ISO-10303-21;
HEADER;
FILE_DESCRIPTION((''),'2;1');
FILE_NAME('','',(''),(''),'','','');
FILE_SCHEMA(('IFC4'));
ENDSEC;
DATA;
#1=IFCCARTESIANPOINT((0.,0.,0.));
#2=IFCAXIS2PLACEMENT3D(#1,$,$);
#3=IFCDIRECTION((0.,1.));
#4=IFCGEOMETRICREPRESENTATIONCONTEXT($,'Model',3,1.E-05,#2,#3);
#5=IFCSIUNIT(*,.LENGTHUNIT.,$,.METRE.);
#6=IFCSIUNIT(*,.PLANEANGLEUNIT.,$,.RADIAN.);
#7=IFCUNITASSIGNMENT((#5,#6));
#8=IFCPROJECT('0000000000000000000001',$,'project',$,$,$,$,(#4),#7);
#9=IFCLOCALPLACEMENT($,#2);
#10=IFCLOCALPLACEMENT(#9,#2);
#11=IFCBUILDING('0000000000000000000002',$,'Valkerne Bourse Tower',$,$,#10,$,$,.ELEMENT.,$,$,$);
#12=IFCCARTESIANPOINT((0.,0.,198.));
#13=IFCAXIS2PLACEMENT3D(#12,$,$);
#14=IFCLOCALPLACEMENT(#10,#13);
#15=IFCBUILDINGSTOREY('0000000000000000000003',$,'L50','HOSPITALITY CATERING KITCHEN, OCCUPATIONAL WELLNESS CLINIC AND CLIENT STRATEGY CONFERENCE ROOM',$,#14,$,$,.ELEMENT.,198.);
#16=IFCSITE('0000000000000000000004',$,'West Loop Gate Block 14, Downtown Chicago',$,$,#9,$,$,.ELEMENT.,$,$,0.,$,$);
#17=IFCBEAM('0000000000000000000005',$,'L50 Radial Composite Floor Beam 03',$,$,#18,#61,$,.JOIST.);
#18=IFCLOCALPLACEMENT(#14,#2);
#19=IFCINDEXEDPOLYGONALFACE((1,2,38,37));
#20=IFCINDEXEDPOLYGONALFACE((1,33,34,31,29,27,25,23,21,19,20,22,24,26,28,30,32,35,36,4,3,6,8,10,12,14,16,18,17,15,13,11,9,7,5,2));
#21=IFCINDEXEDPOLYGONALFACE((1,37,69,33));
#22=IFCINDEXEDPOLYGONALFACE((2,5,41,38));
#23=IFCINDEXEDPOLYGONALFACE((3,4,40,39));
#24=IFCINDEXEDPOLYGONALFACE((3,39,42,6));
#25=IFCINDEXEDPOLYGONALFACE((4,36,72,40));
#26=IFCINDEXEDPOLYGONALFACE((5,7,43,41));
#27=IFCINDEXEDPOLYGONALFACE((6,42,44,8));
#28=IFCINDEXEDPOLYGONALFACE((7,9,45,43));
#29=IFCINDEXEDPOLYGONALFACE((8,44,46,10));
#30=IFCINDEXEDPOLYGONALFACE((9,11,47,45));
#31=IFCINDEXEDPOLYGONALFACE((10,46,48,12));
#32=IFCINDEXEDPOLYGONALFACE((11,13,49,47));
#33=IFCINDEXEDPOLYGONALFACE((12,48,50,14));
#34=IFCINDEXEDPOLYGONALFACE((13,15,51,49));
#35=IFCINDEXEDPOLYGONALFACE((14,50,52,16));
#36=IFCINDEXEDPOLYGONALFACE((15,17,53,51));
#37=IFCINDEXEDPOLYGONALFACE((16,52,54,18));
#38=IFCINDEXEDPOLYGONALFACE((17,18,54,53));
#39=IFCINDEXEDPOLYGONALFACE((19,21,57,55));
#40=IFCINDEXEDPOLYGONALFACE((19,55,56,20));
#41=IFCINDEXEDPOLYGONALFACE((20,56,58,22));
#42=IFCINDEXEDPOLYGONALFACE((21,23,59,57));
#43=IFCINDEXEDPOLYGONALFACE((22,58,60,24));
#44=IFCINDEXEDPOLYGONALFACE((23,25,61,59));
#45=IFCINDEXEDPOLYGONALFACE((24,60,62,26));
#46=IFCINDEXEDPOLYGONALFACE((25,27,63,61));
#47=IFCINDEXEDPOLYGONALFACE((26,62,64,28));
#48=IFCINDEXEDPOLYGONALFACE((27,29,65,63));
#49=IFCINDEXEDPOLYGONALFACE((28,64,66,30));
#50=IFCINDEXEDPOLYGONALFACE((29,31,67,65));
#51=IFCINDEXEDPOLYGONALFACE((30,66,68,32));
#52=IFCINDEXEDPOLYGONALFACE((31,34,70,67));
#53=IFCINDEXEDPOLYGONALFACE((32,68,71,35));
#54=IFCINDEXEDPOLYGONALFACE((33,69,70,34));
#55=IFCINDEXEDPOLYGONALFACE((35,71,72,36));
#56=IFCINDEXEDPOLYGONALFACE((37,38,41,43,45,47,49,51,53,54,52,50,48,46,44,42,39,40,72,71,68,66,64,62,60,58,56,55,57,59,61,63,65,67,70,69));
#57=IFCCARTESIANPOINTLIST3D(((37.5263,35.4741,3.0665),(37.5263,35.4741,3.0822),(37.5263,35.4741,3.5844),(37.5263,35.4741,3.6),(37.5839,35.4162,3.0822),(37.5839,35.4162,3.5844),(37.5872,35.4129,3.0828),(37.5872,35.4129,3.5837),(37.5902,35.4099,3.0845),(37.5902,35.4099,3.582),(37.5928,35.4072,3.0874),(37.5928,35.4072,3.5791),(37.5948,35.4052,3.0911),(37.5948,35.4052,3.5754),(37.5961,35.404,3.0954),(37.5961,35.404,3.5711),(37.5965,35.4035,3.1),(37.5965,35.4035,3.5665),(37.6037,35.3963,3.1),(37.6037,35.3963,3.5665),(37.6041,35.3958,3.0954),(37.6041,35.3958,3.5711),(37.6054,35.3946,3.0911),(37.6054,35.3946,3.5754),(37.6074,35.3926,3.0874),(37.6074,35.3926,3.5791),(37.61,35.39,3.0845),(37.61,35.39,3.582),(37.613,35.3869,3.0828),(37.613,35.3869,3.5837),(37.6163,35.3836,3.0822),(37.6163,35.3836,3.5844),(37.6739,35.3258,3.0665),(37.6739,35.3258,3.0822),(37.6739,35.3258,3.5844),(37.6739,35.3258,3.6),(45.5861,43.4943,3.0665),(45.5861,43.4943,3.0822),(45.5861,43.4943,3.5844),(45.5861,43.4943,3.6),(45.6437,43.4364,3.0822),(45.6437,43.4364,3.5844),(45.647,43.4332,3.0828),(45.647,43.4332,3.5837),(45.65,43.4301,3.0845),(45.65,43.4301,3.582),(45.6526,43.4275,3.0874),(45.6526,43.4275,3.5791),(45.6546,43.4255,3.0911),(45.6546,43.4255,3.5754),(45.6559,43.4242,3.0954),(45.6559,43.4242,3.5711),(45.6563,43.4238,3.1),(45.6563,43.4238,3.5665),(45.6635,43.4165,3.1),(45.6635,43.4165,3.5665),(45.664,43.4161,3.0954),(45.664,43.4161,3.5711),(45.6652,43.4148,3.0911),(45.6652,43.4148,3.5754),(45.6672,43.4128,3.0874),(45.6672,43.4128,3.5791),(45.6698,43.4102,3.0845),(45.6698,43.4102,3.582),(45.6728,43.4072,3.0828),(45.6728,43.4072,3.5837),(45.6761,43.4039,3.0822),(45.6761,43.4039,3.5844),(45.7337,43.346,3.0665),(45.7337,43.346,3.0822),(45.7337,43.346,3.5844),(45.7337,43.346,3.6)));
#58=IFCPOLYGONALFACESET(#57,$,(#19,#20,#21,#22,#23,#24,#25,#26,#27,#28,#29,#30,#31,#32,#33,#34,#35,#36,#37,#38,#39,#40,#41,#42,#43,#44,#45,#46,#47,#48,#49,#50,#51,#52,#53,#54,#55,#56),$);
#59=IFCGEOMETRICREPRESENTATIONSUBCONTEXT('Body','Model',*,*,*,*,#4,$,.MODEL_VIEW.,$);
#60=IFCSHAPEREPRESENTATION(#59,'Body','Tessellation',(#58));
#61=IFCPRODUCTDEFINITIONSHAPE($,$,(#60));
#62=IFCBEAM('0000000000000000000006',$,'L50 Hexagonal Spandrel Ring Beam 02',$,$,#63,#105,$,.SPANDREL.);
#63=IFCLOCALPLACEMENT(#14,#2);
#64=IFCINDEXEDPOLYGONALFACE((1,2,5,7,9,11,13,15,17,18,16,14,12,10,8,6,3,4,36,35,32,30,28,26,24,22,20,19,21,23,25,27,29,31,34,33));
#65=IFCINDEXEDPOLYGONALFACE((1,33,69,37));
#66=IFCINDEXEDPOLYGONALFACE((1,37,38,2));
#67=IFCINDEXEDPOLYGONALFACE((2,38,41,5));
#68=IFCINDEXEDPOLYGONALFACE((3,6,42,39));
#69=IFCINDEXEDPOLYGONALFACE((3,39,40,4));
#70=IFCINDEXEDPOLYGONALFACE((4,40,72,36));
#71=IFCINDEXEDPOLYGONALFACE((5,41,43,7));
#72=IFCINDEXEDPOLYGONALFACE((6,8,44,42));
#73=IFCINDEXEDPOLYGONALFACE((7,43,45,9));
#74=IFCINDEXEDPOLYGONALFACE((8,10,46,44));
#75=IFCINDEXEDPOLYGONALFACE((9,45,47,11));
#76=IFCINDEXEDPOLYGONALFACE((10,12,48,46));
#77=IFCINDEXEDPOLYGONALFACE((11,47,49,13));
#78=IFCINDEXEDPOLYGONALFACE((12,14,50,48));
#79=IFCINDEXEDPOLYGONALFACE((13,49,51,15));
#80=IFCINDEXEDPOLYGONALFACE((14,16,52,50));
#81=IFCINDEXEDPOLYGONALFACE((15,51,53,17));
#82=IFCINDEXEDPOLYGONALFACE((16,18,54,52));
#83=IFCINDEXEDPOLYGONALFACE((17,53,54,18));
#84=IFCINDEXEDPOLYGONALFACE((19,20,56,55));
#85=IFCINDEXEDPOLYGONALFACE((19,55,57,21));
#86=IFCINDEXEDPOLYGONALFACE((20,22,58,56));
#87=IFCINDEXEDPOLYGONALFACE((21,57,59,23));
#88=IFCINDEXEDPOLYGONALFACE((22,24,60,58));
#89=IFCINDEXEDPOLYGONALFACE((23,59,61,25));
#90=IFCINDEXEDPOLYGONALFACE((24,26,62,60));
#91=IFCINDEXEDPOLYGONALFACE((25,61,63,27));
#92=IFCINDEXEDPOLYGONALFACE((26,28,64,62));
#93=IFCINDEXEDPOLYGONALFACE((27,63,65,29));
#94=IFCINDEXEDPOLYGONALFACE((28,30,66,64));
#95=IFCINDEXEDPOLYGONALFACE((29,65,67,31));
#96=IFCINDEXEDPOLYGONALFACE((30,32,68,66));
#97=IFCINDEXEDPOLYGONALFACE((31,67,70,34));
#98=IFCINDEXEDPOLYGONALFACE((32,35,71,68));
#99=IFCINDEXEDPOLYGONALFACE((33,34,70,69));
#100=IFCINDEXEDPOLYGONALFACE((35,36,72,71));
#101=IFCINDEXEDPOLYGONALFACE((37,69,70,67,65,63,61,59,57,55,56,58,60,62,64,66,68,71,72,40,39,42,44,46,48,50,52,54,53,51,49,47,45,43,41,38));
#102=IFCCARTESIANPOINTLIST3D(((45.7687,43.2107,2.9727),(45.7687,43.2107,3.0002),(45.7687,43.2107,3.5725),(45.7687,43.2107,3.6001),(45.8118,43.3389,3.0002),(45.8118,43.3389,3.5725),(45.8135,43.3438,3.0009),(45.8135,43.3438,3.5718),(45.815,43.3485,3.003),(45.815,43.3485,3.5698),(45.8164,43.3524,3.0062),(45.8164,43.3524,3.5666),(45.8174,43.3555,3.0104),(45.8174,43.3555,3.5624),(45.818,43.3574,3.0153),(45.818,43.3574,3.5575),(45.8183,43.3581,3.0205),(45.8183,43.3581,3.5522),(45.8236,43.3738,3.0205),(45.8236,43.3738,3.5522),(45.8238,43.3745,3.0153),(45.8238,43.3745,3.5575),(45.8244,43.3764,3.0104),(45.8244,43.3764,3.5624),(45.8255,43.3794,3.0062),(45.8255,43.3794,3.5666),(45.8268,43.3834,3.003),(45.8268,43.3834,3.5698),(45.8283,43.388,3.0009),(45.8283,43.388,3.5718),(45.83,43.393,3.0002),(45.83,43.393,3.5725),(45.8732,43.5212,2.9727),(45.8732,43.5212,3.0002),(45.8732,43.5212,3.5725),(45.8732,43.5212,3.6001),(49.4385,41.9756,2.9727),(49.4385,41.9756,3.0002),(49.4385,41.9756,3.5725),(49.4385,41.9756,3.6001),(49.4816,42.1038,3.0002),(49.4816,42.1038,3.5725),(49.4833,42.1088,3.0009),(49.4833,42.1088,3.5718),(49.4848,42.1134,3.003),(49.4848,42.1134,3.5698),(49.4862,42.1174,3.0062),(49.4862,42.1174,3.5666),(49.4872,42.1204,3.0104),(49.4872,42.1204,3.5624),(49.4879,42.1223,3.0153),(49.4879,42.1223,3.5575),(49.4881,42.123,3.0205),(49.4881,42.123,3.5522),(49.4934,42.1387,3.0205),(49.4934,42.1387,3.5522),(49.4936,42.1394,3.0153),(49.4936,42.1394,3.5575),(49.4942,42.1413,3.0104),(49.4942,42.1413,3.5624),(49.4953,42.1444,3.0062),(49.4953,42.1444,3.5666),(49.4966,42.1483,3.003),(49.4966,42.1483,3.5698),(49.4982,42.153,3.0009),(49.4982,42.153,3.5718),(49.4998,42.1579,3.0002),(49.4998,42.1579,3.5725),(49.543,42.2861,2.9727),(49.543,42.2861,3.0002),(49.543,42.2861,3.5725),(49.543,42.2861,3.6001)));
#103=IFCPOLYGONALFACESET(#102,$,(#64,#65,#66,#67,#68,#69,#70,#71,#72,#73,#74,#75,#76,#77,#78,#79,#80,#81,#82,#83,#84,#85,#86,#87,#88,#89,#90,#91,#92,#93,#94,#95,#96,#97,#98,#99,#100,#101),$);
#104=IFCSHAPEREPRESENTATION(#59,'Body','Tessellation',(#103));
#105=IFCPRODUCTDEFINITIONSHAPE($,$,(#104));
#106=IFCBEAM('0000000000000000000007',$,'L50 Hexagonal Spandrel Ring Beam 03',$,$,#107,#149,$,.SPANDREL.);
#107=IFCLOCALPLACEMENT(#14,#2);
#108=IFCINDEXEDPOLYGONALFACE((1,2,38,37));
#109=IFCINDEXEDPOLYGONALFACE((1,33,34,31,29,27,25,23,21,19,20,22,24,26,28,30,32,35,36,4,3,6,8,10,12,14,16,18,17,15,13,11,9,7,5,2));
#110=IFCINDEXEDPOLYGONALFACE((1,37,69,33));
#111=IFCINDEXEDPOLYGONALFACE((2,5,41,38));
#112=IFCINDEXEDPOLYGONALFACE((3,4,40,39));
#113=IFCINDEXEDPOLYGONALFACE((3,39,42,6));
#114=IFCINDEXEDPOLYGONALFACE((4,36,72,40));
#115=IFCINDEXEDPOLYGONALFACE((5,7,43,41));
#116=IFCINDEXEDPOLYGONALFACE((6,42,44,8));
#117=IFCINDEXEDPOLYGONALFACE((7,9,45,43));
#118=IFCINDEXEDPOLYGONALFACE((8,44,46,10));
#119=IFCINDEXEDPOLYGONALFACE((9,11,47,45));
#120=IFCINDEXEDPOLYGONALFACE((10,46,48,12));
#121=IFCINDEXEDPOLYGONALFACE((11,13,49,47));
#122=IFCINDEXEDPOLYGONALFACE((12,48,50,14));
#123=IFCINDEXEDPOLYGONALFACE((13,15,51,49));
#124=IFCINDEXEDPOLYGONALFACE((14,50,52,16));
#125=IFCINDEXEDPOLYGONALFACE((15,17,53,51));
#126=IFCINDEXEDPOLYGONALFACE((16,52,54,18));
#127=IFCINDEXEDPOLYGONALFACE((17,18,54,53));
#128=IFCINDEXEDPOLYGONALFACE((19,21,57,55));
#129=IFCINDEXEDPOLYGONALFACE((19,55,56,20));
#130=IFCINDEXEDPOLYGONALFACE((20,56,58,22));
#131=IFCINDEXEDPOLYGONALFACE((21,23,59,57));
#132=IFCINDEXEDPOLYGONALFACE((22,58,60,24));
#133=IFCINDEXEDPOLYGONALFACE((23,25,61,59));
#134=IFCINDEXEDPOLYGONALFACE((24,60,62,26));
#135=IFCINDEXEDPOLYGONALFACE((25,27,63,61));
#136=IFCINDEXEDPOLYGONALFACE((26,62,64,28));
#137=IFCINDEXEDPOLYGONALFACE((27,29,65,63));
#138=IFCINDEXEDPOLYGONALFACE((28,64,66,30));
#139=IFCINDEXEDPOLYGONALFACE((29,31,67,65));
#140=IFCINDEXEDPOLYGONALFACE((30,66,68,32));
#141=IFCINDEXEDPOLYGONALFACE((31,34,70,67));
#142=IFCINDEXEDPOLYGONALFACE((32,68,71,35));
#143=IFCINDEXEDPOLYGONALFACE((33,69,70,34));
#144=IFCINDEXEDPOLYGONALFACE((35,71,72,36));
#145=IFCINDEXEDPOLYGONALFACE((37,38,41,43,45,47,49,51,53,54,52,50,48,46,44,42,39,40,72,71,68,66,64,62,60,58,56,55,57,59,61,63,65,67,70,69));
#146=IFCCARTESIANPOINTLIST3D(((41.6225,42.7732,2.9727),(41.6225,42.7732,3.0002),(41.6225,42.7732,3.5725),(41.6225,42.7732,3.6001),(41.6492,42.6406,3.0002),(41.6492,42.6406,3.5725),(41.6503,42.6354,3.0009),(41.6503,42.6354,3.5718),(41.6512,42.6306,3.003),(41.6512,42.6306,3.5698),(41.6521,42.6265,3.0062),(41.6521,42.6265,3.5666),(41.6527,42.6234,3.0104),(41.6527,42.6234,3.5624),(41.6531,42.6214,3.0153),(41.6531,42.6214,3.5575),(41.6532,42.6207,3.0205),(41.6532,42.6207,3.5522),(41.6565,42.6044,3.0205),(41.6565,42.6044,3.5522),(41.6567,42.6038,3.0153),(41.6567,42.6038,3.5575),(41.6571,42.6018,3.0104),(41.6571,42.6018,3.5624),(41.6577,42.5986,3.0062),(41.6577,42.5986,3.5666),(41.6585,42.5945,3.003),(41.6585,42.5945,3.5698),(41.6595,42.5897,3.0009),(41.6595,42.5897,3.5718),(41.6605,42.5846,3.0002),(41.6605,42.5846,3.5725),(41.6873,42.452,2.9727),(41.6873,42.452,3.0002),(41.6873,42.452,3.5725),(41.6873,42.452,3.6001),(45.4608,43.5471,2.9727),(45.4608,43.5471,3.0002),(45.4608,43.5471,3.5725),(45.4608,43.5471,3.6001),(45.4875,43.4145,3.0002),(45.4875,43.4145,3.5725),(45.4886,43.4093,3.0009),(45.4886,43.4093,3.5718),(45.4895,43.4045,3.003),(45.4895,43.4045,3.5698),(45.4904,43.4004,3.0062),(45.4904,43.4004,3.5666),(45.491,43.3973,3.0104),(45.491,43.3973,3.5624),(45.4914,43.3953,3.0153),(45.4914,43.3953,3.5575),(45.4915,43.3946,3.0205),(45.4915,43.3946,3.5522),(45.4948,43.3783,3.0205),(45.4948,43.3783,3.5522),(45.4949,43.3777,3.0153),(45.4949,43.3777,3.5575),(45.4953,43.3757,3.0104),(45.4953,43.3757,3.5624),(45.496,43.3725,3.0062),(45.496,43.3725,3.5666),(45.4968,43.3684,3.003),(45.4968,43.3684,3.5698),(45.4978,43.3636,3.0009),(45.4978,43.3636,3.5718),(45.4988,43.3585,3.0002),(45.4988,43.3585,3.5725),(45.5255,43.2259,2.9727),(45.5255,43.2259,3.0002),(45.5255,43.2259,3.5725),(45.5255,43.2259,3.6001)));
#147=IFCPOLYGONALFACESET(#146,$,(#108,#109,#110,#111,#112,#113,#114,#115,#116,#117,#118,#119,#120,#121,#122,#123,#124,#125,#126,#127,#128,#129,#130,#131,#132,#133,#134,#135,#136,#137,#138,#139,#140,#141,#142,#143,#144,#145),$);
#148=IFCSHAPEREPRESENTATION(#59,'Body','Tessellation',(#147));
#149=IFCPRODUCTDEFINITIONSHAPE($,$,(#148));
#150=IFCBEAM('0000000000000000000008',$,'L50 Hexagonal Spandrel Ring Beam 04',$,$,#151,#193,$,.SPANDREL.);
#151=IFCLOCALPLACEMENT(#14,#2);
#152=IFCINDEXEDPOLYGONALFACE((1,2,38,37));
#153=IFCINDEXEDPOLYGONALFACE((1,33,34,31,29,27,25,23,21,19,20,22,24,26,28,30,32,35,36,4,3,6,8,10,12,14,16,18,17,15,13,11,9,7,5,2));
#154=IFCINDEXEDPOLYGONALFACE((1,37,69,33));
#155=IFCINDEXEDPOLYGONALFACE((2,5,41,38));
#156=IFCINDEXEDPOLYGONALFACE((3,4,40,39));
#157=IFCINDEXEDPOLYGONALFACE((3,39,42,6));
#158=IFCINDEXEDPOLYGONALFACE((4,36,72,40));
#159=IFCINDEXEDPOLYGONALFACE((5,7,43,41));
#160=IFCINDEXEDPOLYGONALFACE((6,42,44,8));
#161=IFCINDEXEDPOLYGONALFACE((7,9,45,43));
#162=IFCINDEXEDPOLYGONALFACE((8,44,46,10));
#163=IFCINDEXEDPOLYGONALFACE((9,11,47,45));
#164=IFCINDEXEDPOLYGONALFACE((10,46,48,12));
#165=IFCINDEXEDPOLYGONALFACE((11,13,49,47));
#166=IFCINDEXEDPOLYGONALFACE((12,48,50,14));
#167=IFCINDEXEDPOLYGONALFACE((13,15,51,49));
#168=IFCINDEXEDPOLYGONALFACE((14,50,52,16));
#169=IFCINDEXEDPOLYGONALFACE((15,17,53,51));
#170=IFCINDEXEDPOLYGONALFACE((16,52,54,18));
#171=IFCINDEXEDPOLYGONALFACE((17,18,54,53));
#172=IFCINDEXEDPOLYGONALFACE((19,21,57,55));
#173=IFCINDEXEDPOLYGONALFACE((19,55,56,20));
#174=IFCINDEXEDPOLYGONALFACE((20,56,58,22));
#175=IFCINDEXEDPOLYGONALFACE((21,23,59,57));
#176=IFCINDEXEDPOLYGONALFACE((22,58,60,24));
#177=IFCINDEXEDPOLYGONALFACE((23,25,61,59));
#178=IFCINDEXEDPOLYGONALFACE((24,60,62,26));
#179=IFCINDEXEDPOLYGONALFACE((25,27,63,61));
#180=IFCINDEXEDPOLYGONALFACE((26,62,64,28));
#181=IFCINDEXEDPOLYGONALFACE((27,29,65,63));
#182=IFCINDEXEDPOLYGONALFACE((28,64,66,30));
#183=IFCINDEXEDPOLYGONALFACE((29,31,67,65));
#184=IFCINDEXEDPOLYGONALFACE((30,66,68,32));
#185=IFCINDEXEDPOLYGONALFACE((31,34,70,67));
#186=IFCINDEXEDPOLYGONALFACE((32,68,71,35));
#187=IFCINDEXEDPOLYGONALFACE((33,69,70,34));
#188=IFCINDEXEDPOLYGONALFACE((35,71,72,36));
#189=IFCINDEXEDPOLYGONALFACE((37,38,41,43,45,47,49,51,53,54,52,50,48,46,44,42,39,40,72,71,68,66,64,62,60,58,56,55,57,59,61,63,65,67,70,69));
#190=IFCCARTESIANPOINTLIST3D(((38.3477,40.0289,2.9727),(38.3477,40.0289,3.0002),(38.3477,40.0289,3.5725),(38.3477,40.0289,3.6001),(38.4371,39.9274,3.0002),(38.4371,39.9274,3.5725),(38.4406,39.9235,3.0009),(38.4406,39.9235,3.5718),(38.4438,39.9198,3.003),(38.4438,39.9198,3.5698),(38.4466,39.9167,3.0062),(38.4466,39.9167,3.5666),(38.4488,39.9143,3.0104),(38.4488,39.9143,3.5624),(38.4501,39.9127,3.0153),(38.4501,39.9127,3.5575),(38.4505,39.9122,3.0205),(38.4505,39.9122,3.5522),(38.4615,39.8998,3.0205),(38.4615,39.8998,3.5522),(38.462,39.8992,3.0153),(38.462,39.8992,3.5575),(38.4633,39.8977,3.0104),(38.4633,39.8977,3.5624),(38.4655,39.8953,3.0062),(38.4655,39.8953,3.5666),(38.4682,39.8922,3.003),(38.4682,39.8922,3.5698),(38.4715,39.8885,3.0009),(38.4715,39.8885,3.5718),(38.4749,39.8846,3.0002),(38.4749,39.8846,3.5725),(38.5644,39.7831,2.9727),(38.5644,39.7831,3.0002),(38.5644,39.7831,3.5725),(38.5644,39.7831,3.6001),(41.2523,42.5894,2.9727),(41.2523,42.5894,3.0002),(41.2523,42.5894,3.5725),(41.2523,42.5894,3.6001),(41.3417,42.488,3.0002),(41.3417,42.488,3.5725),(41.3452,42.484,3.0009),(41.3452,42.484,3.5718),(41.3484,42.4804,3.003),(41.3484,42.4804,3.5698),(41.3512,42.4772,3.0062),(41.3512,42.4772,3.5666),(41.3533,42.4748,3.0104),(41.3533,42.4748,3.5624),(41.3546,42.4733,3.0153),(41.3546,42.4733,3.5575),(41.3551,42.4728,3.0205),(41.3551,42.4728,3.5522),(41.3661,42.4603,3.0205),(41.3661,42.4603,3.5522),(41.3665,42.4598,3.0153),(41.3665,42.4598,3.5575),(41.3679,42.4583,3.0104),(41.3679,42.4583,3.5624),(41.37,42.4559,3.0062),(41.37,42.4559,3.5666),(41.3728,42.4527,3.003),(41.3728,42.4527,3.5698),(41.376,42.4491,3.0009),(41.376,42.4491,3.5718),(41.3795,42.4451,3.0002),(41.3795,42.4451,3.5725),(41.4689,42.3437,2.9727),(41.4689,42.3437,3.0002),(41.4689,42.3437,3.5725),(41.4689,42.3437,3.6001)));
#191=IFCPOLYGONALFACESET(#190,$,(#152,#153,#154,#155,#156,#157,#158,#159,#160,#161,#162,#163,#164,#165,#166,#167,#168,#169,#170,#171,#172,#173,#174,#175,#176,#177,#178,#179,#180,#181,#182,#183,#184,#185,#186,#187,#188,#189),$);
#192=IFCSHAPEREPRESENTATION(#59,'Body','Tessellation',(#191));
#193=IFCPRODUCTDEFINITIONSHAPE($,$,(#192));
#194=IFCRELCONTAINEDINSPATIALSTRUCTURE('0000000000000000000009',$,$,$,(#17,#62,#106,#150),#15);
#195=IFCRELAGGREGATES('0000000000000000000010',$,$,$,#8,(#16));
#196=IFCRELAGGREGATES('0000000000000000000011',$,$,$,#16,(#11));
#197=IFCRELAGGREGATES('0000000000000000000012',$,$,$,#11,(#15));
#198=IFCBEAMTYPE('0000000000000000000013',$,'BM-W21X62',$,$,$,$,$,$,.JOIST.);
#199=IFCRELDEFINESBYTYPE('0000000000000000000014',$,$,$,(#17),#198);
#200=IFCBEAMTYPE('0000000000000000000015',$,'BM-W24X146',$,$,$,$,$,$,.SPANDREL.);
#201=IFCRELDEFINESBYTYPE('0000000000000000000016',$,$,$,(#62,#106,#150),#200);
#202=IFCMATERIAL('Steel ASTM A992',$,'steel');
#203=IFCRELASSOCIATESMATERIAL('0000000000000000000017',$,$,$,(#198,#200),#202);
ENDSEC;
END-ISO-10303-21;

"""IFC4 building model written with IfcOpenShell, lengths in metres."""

from ifc_helpers import new_model, si_unit, direction, frame, origin, origin_2d, place, context, subcontext, project, spatial, i_section, extrude, material, material_profile, profile_set, type_object, element, save


model = new_model("IFC4")

# Units and contexts
model_context = context("Model", 3, precision=1e-05, world=origin(), true_north=direction((0.0, 1.0)))
body_context = subcontext(model_context, "Body", "Model", "MODEL_VIEW")
ifc_project = project(units=[si_unit("LENGTHUNIT", "METRE"), si_unit("PLANEANGLEUNIT", "RADIAN")], contexts=[model_context])

# Site, building, storey
site_placement = place(None, origin())
site = spatial("IfcSite", under=ifc_project, at=site_placement, Name="West Loop Gate Block 14, Downtown Chicago", CompositionType="ELEMENT", RefElevation=0.0)
building_placement = place(site_placement, origin())
building = spatial("IfcBuilding", under=site, at=building_placement, Name="Valkerne Bourse Tower", CompositionType="ELEMENT")
storey_placement = place(building_placement, frame((0.0, 0.0, 198.0)))
storey = spatial("IfcBuildingStorey", under=building, at=storey_placement, Name="L50", Description="HOSPITALITY CATERING KITCHEN, OCCUPATIONAL WELLNESS CLINIC AND CLIENT STRATEGY CONFERENCE ROOM", CompositionType="ELEMENT", Elevation=198.0)

# Beams
ifc_material_1 = material(Name="Steel ASTM A992", Category="steel")
ifc_material_profile_1 = material_profile(ifc_material_1, i_section(OverallWidth=0.2092, OverallDepth=0.5334, WebThickness=0.0103, FlangeThickness=0.0156, FilletRadius=0.0178, at=origin_2d()), Name="W21X62")
ifc_profile_set_1 = profile_set([ifc_material_profile_1], Name="Steel ASTM A992")
beam_type_1 = type_object("IfcBeamType", Name="BM-W21X62", PredefinedType="JOIST", material=ifc_profile_set_1)
beam_1_placement = place(storey_placement, frame((45.6599, 43.4202, 3.3333), z_axis=(-0.708844, -0.705365, 0.0), x_axis=(0.705365, -0.708844, 0.0)))
element("IfcBeam", 1, at=beam_1_placement, inside=storey, type_object=beam_type_1, Name="L50 Radial Composite Floor Beam 03", PredefinedType="JOIST", context=body_context, shape_type="SweptSolid", body=[
    extrude(i_section(OverallWidth=0.2092, OverallDepth=0.5334, WebThickness=0.0103, FlangeThickness=0.0156, FilletRadius=0.0178, at=origin_2d()), origin(), (0.0, 0.0, 1.0), 11.3704),
])
ifc_material_profile_2 = material_profile(ifc_material_1, i_section(OverallWidth=0.3276, OverallDepth=0.6274, WebThickness=0.0166, FlangeThickness=0.0276, FilletRadius=0.0203, at=origin_2d()), Name="W24X146")
ifc_profile_set_2 = profile_set([ifc_material_profile_2], Name="Steel ASTM A992")
beam_type_2 = type_object("IfcBeamType", Name="BM-W24X146", PredefinedType="SPANDREL", material=ifc_profile_set_2)
beam_2_placement = place(storey_placement, frame((49.4907, 42.1309, 3.2864), z_axis=(-0.947765, 0.318969, 0.0), x_axis=(-0.318969, -0.947765, 0.0)))
element("IfcBeam", 2, at=beam_2_placement, inside=storey, type_object=beam_type_2, Name="L50 Hexagonal Spandrel Ring Beam 02", PredefinedType="SPANDREL", context=body_context, shape_type="SweptSolid", body=[
    extrude(i_section(OverallWidth=0.3276, OverallDepth=0.6274, WebThickness=0.0166, FlangeThickness=0.0276, FilletRadius=0.0203, at=origin_2d()), origin(), (0.0, 0.0, 1.0), 3.8721),
])
beam_3_placement = place(storey_placement, frame((45.4932, 43.3865, 3.2864), z_axis=(-0.980273, -0.197651, 0.0), x_axis=(0.197651, -0.980273, 0.0)))
element("IfcBeam", 3, at=beam_3_placement, inside=storey, type_object=beam_type_2, Name="L50 Hexagonal Spandrel Ring Beam 03", PredefinedType="SPANDREL", context=body_context, shape_type="SweptSolid", body=[
    extrude(i_section(OverallWidth=0.3276, OverallDepth=0.6274, WebThickness=0.0166, FlangeThickness=0.0276, FilletRadius=0.0203, at=origin_2d()), origin(), (0.0, 0.0, 1.0), 3.9155),
])
beam_4_placement = place(storey_placement, frame((41.3606, 42.4666, 3.2864), z_axis=(-0.75013, -0.66129, 0.0), x_axis=(0.66129, -0.75013, 0.0)))
element("IfcBeam", 4, at=beam_4_placement, inside=storey, type_object=beam_type_2, Name="L50 Hexagonal Spandrel Ring Beam 04", PredefinedType="SPANDREL", context=body_context, shape_type="SweptSolid", body=[
    extrude(i_section(OverallWidth=0.3276, OverallDepth=0.6274, WebThickness=0.0166, FlangeThickness=0.0276, FilletRadius=0.0203, at=origin_2d()), origin(), (0.0, 0.0, 1.0), 3.8721),
])

save(model, "model.ifc")
